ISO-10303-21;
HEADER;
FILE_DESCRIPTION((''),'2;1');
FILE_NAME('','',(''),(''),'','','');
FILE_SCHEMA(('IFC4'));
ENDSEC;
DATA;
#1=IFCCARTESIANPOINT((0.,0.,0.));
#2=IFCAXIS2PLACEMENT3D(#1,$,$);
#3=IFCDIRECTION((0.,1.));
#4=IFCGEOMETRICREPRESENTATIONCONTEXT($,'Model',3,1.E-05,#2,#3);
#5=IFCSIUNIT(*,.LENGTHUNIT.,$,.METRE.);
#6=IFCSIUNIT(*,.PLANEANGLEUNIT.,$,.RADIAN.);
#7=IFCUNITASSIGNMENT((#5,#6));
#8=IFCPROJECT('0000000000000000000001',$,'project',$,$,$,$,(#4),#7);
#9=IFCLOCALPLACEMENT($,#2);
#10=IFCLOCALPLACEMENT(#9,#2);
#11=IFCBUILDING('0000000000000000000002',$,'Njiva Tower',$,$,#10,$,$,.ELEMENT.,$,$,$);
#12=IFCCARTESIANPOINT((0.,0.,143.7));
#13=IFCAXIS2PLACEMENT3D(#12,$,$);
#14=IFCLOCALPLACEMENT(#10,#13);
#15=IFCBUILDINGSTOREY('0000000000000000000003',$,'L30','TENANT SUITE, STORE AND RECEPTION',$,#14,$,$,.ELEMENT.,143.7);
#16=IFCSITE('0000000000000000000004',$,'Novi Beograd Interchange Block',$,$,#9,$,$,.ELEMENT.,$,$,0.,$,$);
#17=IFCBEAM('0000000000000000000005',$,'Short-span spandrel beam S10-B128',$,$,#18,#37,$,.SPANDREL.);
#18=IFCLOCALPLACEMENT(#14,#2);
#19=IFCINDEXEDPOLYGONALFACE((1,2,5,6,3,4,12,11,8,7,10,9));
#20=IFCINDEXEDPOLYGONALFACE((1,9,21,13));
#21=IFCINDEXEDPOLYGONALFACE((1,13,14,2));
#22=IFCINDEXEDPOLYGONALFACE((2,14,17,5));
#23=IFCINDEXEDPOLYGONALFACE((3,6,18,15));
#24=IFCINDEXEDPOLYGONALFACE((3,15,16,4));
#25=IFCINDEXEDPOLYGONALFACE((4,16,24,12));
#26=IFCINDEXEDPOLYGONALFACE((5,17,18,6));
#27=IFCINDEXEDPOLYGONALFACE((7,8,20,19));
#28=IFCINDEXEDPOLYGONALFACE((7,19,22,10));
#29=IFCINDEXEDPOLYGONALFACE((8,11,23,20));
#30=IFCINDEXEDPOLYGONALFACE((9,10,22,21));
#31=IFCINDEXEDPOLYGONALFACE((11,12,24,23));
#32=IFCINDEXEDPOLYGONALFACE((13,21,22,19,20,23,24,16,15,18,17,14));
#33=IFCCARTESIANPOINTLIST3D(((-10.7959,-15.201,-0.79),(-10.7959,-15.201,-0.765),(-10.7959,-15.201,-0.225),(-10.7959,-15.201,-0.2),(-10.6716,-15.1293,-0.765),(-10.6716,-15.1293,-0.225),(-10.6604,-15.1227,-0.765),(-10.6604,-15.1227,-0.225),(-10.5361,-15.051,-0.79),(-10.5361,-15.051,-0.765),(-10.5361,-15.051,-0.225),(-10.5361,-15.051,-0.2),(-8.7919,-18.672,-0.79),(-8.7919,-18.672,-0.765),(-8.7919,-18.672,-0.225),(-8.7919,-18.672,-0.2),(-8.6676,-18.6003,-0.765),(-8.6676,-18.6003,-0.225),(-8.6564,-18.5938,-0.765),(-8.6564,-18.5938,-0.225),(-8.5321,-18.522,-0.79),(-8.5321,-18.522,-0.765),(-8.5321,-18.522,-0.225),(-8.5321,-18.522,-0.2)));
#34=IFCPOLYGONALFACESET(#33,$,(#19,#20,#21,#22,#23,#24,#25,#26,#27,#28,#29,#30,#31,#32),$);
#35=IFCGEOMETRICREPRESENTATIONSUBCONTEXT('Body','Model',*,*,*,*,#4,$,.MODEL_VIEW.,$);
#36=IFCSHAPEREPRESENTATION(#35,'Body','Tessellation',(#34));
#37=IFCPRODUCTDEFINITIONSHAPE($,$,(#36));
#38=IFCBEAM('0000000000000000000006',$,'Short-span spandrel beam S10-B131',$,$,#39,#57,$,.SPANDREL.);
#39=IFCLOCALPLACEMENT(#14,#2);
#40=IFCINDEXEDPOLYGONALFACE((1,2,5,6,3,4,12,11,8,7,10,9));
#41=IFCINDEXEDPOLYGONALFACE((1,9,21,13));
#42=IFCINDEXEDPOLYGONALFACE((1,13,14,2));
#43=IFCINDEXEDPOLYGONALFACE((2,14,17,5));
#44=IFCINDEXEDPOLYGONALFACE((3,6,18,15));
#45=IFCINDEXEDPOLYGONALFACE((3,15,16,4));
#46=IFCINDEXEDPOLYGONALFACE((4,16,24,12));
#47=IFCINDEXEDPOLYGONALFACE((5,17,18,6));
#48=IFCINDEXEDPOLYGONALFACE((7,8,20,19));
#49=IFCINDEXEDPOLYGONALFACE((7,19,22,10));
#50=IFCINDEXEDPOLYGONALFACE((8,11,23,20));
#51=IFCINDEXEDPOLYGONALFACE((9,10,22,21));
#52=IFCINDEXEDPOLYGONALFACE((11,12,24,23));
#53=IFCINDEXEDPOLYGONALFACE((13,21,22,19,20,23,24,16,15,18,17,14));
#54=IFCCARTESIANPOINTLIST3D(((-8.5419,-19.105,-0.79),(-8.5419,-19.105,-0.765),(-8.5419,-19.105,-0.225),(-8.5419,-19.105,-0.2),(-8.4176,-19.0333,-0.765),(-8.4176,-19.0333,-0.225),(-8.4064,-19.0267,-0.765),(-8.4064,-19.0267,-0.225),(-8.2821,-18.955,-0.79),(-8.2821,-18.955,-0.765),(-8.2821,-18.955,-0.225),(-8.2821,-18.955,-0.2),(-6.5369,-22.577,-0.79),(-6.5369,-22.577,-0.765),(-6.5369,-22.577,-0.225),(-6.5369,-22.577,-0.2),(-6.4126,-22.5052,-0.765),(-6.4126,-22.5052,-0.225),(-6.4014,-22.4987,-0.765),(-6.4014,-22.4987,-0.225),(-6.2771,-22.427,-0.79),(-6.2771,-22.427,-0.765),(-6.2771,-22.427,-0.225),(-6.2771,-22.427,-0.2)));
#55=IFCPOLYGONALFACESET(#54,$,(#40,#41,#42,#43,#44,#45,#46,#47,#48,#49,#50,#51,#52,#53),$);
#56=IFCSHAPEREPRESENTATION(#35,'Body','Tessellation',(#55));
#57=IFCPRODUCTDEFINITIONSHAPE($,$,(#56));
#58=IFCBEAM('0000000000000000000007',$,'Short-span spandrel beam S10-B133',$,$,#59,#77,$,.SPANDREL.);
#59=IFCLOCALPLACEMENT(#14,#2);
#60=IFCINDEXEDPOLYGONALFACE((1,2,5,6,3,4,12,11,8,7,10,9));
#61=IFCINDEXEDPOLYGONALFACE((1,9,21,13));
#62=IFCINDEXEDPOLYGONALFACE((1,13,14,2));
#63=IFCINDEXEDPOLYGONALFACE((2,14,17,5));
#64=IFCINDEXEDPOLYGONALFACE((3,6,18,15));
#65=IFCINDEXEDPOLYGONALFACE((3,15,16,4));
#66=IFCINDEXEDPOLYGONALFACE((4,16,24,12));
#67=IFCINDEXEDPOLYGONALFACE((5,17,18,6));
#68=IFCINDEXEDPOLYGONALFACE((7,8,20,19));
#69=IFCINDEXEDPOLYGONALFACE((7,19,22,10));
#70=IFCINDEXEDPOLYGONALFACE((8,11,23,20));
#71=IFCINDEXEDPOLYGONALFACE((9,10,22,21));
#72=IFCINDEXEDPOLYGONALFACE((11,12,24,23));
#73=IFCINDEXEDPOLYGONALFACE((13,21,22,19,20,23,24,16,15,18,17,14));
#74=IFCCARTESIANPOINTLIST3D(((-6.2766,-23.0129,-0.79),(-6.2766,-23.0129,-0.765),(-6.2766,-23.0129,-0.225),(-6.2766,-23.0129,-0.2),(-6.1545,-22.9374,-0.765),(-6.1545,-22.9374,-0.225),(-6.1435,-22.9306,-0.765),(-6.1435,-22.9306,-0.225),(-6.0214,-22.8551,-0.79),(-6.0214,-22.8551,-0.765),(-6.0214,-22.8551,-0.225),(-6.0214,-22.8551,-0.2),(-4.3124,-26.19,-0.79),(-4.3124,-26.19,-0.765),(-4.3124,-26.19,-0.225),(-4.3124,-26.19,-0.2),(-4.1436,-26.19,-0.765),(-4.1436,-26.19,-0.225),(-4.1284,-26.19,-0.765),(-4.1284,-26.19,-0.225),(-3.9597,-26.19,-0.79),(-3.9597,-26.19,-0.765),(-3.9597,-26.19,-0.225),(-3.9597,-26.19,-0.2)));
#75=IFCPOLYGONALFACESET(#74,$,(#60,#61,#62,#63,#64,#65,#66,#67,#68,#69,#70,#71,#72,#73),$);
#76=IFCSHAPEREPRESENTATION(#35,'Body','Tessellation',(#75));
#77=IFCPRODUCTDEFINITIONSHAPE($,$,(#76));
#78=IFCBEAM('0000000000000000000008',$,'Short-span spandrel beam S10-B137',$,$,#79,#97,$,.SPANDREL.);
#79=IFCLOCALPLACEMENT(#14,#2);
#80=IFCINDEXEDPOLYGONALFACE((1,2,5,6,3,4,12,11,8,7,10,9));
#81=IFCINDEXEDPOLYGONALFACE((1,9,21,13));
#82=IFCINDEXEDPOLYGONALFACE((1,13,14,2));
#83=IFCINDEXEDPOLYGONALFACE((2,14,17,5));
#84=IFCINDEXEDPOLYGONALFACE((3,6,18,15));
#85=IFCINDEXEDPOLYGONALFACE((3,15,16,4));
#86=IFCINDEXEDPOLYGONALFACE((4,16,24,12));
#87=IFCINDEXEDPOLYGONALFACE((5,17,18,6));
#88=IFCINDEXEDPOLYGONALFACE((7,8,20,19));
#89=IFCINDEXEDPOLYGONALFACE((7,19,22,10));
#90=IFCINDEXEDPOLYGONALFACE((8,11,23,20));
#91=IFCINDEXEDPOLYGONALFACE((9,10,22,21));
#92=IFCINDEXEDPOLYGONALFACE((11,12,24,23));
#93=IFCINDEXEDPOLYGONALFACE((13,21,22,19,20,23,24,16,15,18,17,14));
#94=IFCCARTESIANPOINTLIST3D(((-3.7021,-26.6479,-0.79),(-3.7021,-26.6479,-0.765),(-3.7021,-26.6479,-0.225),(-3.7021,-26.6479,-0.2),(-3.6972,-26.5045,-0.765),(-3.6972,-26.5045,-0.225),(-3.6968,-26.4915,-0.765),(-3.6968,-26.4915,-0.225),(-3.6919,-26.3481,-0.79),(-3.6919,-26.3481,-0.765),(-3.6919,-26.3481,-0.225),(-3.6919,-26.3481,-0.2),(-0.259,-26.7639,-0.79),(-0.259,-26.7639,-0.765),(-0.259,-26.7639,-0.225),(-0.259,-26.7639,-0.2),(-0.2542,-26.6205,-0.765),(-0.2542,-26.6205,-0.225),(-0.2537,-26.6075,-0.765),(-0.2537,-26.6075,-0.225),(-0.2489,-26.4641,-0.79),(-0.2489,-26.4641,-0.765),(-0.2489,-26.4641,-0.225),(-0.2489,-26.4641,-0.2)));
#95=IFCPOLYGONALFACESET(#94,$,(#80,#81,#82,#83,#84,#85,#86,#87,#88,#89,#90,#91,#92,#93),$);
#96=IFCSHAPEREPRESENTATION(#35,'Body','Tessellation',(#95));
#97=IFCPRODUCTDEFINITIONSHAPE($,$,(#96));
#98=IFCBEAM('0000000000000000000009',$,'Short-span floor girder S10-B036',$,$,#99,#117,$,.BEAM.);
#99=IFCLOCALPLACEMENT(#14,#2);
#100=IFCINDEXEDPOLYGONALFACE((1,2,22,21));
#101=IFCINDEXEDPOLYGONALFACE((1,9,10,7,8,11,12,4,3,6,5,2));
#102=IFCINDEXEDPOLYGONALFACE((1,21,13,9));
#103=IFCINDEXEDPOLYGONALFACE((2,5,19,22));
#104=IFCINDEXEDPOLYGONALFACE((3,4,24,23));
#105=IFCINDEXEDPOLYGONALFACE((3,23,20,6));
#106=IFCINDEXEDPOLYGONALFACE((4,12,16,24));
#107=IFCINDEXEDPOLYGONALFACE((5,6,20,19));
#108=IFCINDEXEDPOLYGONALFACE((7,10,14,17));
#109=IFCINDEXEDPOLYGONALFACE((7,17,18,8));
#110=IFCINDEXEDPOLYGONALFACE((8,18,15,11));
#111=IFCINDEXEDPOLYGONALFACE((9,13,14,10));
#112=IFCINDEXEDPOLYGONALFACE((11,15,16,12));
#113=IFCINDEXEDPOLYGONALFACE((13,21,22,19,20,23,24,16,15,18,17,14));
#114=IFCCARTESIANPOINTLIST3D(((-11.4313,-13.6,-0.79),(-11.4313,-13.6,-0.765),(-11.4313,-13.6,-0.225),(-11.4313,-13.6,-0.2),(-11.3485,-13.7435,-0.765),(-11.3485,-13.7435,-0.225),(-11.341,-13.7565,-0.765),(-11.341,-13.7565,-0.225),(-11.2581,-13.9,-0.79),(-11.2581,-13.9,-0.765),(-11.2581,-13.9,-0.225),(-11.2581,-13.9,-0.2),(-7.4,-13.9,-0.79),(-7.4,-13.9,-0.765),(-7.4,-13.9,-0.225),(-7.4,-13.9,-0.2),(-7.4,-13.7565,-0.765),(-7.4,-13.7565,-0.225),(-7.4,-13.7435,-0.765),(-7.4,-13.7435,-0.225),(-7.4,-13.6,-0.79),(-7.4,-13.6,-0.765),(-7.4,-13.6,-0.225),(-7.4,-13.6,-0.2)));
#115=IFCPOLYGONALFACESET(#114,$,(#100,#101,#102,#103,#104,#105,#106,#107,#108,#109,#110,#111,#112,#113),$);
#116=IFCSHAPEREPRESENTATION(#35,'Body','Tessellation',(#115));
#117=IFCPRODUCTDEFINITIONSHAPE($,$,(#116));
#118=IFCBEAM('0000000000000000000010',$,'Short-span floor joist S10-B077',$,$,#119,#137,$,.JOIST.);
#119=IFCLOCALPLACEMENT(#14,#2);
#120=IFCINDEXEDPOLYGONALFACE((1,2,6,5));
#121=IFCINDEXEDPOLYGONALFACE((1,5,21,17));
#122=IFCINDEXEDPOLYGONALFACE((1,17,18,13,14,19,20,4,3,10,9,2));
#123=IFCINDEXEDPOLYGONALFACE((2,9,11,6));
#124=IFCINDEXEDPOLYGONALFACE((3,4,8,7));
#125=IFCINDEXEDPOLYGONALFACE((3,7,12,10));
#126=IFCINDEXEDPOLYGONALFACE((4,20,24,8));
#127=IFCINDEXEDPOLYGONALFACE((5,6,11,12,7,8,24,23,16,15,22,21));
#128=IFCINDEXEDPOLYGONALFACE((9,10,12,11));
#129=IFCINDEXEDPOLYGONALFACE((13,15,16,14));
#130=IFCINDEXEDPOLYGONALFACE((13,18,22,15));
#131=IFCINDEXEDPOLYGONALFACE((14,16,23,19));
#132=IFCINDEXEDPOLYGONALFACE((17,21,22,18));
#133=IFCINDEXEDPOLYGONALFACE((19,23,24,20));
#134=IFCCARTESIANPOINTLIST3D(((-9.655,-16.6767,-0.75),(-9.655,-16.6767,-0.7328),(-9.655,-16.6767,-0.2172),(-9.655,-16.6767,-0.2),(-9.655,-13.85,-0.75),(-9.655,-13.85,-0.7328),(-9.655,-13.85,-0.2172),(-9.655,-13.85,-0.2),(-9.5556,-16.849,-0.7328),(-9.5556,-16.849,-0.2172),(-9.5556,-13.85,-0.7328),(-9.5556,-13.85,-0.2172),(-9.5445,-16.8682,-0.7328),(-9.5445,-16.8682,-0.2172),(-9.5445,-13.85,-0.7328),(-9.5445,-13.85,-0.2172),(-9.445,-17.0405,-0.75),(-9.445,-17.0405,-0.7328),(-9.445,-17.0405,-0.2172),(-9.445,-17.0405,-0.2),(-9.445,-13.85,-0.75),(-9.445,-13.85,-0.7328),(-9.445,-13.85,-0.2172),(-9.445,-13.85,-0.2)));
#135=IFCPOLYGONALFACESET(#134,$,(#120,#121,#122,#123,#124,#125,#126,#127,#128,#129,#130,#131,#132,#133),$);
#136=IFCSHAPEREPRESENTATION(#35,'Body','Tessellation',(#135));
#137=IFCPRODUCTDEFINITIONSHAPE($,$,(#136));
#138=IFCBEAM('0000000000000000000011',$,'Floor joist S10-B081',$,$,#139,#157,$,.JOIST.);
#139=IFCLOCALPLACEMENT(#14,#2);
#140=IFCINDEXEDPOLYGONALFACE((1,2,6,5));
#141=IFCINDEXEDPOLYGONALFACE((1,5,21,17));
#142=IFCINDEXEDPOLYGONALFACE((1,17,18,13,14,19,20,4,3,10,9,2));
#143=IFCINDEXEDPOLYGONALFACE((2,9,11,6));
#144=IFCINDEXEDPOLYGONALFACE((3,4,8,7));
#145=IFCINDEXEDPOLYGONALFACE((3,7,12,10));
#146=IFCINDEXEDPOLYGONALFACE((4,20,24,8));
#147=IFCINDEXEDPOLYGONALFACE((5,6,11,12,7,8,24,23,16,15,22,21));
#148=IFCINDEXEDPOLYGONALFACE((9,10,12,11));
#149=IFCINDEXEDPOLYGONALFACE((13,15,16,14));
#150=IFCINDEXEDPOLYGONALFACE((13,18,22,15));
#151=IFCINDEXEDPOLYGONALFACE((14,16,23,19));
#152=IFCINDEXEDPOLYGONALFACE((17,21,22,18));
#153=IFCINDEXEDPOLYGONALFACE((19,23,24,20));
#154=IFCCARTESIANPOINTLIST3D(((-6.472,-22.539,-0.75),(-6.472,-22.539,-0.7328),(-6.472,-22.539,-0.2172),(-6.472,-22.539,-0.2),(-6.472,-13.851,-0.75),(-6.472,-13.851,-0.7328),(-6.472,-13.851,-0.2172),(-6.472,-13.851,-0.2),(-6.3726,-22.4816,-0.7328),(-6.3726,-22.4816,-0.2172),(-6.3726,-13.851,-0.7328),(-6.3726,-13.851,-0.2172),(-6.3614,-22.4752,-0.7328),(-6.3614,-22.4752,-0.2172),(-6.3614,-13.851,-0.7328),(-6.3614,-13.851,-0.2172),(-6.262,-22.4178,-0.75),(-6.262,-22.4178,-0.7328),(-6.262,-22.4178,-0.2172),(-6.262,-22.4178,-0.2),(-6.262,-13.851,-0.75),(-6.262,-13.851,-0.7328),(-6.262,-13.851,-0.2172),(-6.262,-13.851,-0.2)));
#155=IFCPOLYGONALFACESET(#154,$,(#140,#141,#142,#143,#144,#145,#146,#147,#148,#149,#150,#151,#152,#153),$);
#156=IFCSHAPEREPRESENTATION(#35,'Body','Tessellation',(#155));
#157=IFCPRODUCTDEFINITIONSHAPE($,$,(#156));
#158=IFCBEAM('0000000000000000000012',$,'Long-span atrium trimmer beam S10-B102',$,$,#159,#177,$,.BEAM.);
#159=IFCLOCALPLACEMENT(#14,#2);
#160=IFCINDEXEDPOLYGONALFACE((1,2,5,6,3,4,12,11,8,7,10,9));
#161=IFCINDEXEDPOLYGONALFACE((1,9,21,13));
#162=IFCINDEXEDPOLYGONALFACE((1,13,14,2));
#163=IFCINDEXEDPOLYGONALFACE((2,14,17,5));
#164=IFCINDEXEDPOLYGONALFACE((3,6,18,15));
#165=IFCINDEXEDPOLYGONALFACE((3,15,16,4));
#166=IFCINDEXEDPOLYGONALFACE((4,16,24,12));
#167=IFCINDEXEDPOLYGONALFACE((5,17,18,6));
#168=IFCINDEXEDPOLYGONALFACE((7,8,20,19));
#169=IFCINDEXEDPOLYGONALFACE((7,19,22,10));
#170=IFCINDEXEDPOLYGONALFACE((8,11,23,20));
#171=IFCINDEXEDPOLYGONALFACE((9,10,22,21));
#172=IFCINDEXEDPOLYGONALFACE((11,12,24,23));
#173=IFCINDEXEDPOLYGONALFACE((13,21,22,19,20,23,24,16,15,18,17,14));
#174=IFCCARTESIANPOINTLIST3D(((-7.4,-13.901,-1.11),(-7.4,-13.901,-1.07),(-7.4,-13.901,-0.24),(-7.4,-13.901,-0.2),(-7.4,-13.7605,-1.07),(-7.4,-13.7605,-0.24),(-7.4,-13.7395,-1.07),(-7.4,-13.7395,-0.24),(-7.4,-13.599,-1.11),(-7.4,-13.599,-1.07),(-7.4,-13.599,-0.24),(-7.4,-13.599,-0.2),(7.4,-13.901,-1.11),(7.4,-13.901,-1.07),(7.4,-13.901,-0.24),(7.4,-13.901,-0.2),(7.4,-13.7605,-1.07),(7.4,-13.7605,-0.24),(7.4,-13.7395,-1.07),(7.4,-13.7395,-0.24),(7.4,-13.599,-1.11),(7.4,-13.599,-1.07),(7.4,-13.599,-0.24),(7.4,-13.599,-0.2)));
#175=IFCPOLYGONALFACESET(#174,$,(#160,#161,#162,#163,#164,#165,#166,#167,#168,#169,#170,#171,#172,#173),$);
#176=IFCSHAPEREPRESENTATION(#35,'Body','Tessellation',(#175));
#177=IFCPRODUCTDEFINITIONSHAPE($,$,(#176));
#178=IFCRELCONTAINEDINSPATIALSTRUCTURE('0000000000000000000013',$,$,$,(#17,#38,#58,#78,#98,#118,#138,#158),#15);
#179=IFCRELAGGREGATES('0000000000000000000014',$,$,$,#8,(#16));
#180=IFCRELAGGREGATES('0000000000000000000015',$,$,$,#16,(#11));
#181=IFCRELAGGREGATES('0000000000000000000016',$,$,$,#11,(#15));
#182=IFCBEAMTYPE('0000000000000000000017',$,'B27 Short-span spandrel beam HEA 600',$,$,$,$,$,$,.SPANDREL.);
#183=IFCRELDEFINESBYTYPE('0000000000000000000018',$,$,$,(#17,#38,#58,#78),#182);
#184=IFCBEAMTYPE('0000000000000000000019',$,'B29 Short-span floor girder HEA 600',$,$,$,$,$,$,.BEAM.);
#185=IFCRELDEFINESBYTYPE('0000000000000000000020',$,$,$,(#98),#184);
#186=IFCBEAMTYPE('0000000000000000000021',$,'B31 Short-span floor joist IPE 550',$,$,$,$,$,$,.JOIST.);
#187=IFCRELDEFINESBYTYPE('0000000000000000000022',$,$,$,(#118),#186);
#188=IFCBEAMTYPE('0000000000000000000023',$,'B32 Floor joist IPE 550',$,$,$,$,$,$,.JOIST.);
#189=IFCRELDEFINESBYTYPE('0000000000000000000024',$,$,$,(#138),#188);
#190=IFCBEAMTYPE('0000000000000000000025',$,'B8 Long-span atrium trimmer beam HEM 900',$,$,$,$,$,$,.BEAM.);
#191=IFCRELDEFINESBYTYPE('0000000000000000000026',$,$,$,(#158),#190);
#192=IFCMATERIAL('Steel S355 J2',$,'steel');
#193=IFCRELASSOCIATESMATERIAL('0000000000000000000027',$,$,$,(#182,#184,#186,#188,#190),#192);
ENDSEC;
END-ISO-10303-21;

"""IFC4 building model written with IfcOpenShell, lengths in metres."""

from ifc_helpers import new_model, si_unit, direction, frame, origin, origin_2d, place, context, subcontext, project, spatial, i_section, extrude, clip, halfspace, material, material_profile, profile_set, type_object, element, save


model = new_model("IFC4")

# Units and contexts
model_context = context("Model", 3, precision=1e-05, world=origin(), true_north=direction((0.0, 1.0)))
body_context = subcontext(model_context, "Body", "Model", "MODEL_VIEW")
ifc_project = project(units=[si_unit("LENGTHUNIT", "METRE"), si_unit("PLANEANGLEUNIT", "RADIAN")], contexts=[model_context])

# Site, building, storey
site_placement = place(None, origin())
site = spatial("IfcSite", under=ifc_project, at=site_placement, Name="Novi Beograd Interchange Block", CompositionType="ELEMENT", RefElevation=0.0)
building_placement = place(site_placement, origin())
building = spatial("IfcBuilding", under=site, at=building_placement, Name="Njiva Tower", CompositionType="ELEMENT")
storey_placement = place(building_placement, frame((0.0, 0.0, 143.7)))
storey = spatial("IfcBuildingStorey", under=building, at=storey_placement, Name="L30", Description="TENANT SUITE, STORE AND RECEPTION", CompositionType="ELEMENT", Elevation=143.7)

# Shared definitions
ifc_material_1 = material(Name="Steel S355 J2", Category="steel")

# Beams
ifc_material_profile_1 = material_profile(ifc_material_1, i_section(OverallWidth=0.3, OverallDepth=0.59, WebThickness=0.013, FlangeThickness=0.025, at=origin_2d()), Name="HEA 600")
ifc_profile_set_1 = profile_set([ifc_material_profile_1], Name="Steel S355 J2")
beam_type_1 = type_object("IfcBeamType", Name="B27 Short-span spandrel beam HEA 600", PredefinedType="SPANDREL", material=ifc_profile_set_1)
beam_1_placement = place(storey_placement, frame((-10.666, -15.126, -0.495), z_axis=(0.500003, -0.866024, 0.0), x_axis=(0.866024, 0.500003, 0.0)))
element("IfcBeam", 1, at=beam_1_placement, inside=storey, type_object=beam_type_1, Name="Short-span spandrel beam S10-B128", PredefinedType="SPANDREL", context=body_context, shape_type="SweptSolid", body=[
    extrude(i_section(OverallWidth=0.3, OverallDepth=0.59, WebThickness=0.013, FlangeThickness=0.025, at=origin_2d()), origin(), (0.0, 0.0, 1.0), 4.008),
])
beam_2_placement = place(storey_placement, frame((-8.412, -19.03, -0.495), z_axis=(0.500082, -0.865978, 0.0), x_axis=(0.865978, 0.500082, 0.0)))
element("IfcBeam", 2, at=beam_2_placement, inside=storey, type_object=beam_type_1, Name="Short-span spandrel beam S10-B131", PredefinedType="SPANDREL", context=body_context, shape_type="SweptSolid", body=[
    extrude(i_section(OverallWidth=0.3, OverallDepth=0.59, WebThickness=0.013, FlangeThickness=0.025, at=origin_2d()), origin(), (0.0, 0.0, 1.0), 4.0093),
])
beam_3_placement = place(storey_placement, frame((-6.149, -22.934, -0.495), z_axis=(0.52586, -0.850571, 0.0), x_axis=(0.850571, 0.52586, 0.0)))
element("IfcBeam", 3, at=beam_3_placement, inside=storey, type_object=beam_type_1, Name="Short-span spandrel beam S10-B133", PredefinedType="SPANDREL", context=body_context, shape_type="Clipping", body=[
    clip(extrude(i_section(OverallWidth=0.3, OverallDepth=0.59, WebThickness=0.013, FlangeThickness=0.025, at=origin_2d()), origin(), (0.0, 0.0, 1.0), 3.941), halfspace(frame((-0.0267, 0.0, 3.8115), z_axis=(-0.52586, 0.0, 0.850571), x_axis=(0.0, 1.0, 0.0)), False)),
])
beam_4_placement = place(storey_placement, frame((-3.697, -26.498, -0.495), z_axis=(0.999433, -0.033672, 0.0), x_axis=(0.033672, 0.999433, 0.0)))
element("IfcBeam", 4, at=beam_4_placement, inside=storey, type_object=beam_type_1, Name="Short-span spandrel beam S10-B137", PredefinedType="SPANDREL", context=body_context, shape_type="SweptSolid", body=[
    extrude(i_section(OverallWidth=0.3, OverallDepth=0.59, WebThickness=0.013, FlangeThickness=0.025, at=origin_2d()), origin(), (0.0, 0.0, 1.0), 3.445),
])
ifc_material_profile_2 = material_profile(ifc_material_1, i_section(OverallWidth=0.3, OverallDepth=0.59, WebThickness=0.013, FlangeThickness=0.025, at=origin_2d()), Name="HEA 600")
ifc_profile_set_2 = profile_set([ifc_material_profile_2], Name="Steel S355 J2")
beam_type_2 = type_object("IfcBeamType", Name="B29 Short-span floor girder HEA 600", PredefinedType="BEAM", material=ifc_profile_set_2)
beam_5_placement = place(storey_placement, frame((-11.452, -13.75, -0.495), z_axis=(1.0, 0.0, 0.0), x_axis=(0.0, 1.0, 0.0)))
element("IfcBeam", 5, at=beam_5_placement, inside=storey, type_object=beam_type_2, Name="Short-span floor girder S10-B036", PredefinedType="BEAM", context=body_context, shape_type="Clipping", body=[
    clip(extrude(i_section(OverallWidth=0.3, OverallDepth=0.59, WebThickness=0.013, FlangeThickness=0.025, at=origin_2d()), origin(), (0.0, 0.0, 1.0), 4.052), halfspace(frame((-0.025, 0.0, 0.1217), z_axis=(-0.499998, 0.0, -0.866027), x_axis=(0.0, -1.0, 0.0)), False)),
])
ifc_material_profile_3 = material_profile(ifc_material_1, i_section(OverallWidth=0.21, OverallDepth=0.55, WebThickness=0.0111, FlangeThickness=0.0172, at=origin_2d()), Name="IPE 550")
ifc_profile_set_3 = profile_set([ifc_material_profile_3], Name="Steel S355 J2")
beam_type_3 = type_object("IfcBeamType", Name="B31 Short-span floor joist IPE 550", PredefinedType="JOIST", material=ifc_profile_set_3)
beam_6_placement = place(storey_placement, frame((-9.55, -13.85, -0.475), z_axis=(0.0, -1.0, 0.0), x_axis=(1.0, 0.0, 0.0)))
element("IfcBeam", 6, at=beam_6_placement, inside=storey, type_object=beam_type_3, Name="Short-span floor joist S10-B077", PredefinedType="JOIST", context=body_context, shape_type="Clipping", body=[
    clip(extrude(i_section(OverallWidth=0.21, OverallDepth=0.55, WebThickness=0.0111, FlangeThickness=0.0172, at=origin_2d()), origin(), (0.0, 0.0, 1.0), 3.211), halfspace(frame((-0.0433, 0.0, 2.9336), z_axis=(-0.866027, 0.0, 0.499998), x_axis=(0.0, 1.0, 0.0)), False)),
])
ifc_material_profile_4 = material_profile(ifc_material_1, i_section(OverallWidth=0.21, OverallDepth=0.55, WebThickness=0.0111, FlangeThickness=0.0172, at=origin_2d()), Name="IPE 550")
ifc_profile_set_4 = profile_set([ifc_material_profile_4], Name="Steel S355 J2")
beam_type_4 = type_object("IfcBeamType", Name="B32 Floor joist IPE 550", PredefinedType="JOIST", material=ifc_profile_set_4)
beam_7_placement = place(storey_placement, frame((-6.367, -13.851, -0.475), z_axis=(0.0, -1.0, 0.0), x_axis=(1.0, 0.0, 0.0)))
element("IfcBeam", 7, at=beam_7_placement, inside=storey, type_object=beam_type_4, Name="Floor joist S10-B081", PredefinedType="JOIST", context=body_context, shape_type="Clipping", body=[
    clip(extrude(i_section(OverallWidth=0.21, OverallDepth=0.55, WebThickness=0.0111, FlangeThickness=0.0172, at=origin_2d()), origin(), (0.0, 0.0, 1.0), 8.708), halfspace(frame((0.0253, 0.0, 8.6128), z_axis=(0.499998, 0.0, 0.866027), x_axis=(0.0, 1.0, 0.0)), False)),
])
ifc_material_profile_5 = material_profile(ifc_material_1, i_section(OverallWidth=0.302, OverallDepth=0.91, WebThickness=0.021, FlangeThickness=0.04, at=origin_2d()), Name="HEM 900")
ifc_profile_set_5 = profile_set([ifc_material_profile_5], Name="Steel S355 J2")
beam_type_5 = type_object("IfcBeamType", Name="B8 Long-span atrium trimmer beam HEM 900", PredefinedType="BEAM", material=ifc_profile_set_5)
beam_8_placement = place(storey_placement, frame((-7.4, -13.75, -0.655), z_axis=(1.0, 0.0, 0.0), x_axis=(0.0, 1.0, 0.0)))
element("IfcBeam", 8, at=beam_8_placement, inside=storey, type_object=beam_type_5, Name="Long-span atrium trimmer beam S10-B102", PredefinedType="BEAM", context=body_context, shape_type="SweptSolid", body=[
    extrude(i_section(OverallWidth=0.302, OverallDepth=0.91, WebThickness=0.021, FlangeThickness=0.04, at=origin_2d()), origin(), (0.0, 0.0, 1.0), 14.8),
])

save(model, "model.ifc")
